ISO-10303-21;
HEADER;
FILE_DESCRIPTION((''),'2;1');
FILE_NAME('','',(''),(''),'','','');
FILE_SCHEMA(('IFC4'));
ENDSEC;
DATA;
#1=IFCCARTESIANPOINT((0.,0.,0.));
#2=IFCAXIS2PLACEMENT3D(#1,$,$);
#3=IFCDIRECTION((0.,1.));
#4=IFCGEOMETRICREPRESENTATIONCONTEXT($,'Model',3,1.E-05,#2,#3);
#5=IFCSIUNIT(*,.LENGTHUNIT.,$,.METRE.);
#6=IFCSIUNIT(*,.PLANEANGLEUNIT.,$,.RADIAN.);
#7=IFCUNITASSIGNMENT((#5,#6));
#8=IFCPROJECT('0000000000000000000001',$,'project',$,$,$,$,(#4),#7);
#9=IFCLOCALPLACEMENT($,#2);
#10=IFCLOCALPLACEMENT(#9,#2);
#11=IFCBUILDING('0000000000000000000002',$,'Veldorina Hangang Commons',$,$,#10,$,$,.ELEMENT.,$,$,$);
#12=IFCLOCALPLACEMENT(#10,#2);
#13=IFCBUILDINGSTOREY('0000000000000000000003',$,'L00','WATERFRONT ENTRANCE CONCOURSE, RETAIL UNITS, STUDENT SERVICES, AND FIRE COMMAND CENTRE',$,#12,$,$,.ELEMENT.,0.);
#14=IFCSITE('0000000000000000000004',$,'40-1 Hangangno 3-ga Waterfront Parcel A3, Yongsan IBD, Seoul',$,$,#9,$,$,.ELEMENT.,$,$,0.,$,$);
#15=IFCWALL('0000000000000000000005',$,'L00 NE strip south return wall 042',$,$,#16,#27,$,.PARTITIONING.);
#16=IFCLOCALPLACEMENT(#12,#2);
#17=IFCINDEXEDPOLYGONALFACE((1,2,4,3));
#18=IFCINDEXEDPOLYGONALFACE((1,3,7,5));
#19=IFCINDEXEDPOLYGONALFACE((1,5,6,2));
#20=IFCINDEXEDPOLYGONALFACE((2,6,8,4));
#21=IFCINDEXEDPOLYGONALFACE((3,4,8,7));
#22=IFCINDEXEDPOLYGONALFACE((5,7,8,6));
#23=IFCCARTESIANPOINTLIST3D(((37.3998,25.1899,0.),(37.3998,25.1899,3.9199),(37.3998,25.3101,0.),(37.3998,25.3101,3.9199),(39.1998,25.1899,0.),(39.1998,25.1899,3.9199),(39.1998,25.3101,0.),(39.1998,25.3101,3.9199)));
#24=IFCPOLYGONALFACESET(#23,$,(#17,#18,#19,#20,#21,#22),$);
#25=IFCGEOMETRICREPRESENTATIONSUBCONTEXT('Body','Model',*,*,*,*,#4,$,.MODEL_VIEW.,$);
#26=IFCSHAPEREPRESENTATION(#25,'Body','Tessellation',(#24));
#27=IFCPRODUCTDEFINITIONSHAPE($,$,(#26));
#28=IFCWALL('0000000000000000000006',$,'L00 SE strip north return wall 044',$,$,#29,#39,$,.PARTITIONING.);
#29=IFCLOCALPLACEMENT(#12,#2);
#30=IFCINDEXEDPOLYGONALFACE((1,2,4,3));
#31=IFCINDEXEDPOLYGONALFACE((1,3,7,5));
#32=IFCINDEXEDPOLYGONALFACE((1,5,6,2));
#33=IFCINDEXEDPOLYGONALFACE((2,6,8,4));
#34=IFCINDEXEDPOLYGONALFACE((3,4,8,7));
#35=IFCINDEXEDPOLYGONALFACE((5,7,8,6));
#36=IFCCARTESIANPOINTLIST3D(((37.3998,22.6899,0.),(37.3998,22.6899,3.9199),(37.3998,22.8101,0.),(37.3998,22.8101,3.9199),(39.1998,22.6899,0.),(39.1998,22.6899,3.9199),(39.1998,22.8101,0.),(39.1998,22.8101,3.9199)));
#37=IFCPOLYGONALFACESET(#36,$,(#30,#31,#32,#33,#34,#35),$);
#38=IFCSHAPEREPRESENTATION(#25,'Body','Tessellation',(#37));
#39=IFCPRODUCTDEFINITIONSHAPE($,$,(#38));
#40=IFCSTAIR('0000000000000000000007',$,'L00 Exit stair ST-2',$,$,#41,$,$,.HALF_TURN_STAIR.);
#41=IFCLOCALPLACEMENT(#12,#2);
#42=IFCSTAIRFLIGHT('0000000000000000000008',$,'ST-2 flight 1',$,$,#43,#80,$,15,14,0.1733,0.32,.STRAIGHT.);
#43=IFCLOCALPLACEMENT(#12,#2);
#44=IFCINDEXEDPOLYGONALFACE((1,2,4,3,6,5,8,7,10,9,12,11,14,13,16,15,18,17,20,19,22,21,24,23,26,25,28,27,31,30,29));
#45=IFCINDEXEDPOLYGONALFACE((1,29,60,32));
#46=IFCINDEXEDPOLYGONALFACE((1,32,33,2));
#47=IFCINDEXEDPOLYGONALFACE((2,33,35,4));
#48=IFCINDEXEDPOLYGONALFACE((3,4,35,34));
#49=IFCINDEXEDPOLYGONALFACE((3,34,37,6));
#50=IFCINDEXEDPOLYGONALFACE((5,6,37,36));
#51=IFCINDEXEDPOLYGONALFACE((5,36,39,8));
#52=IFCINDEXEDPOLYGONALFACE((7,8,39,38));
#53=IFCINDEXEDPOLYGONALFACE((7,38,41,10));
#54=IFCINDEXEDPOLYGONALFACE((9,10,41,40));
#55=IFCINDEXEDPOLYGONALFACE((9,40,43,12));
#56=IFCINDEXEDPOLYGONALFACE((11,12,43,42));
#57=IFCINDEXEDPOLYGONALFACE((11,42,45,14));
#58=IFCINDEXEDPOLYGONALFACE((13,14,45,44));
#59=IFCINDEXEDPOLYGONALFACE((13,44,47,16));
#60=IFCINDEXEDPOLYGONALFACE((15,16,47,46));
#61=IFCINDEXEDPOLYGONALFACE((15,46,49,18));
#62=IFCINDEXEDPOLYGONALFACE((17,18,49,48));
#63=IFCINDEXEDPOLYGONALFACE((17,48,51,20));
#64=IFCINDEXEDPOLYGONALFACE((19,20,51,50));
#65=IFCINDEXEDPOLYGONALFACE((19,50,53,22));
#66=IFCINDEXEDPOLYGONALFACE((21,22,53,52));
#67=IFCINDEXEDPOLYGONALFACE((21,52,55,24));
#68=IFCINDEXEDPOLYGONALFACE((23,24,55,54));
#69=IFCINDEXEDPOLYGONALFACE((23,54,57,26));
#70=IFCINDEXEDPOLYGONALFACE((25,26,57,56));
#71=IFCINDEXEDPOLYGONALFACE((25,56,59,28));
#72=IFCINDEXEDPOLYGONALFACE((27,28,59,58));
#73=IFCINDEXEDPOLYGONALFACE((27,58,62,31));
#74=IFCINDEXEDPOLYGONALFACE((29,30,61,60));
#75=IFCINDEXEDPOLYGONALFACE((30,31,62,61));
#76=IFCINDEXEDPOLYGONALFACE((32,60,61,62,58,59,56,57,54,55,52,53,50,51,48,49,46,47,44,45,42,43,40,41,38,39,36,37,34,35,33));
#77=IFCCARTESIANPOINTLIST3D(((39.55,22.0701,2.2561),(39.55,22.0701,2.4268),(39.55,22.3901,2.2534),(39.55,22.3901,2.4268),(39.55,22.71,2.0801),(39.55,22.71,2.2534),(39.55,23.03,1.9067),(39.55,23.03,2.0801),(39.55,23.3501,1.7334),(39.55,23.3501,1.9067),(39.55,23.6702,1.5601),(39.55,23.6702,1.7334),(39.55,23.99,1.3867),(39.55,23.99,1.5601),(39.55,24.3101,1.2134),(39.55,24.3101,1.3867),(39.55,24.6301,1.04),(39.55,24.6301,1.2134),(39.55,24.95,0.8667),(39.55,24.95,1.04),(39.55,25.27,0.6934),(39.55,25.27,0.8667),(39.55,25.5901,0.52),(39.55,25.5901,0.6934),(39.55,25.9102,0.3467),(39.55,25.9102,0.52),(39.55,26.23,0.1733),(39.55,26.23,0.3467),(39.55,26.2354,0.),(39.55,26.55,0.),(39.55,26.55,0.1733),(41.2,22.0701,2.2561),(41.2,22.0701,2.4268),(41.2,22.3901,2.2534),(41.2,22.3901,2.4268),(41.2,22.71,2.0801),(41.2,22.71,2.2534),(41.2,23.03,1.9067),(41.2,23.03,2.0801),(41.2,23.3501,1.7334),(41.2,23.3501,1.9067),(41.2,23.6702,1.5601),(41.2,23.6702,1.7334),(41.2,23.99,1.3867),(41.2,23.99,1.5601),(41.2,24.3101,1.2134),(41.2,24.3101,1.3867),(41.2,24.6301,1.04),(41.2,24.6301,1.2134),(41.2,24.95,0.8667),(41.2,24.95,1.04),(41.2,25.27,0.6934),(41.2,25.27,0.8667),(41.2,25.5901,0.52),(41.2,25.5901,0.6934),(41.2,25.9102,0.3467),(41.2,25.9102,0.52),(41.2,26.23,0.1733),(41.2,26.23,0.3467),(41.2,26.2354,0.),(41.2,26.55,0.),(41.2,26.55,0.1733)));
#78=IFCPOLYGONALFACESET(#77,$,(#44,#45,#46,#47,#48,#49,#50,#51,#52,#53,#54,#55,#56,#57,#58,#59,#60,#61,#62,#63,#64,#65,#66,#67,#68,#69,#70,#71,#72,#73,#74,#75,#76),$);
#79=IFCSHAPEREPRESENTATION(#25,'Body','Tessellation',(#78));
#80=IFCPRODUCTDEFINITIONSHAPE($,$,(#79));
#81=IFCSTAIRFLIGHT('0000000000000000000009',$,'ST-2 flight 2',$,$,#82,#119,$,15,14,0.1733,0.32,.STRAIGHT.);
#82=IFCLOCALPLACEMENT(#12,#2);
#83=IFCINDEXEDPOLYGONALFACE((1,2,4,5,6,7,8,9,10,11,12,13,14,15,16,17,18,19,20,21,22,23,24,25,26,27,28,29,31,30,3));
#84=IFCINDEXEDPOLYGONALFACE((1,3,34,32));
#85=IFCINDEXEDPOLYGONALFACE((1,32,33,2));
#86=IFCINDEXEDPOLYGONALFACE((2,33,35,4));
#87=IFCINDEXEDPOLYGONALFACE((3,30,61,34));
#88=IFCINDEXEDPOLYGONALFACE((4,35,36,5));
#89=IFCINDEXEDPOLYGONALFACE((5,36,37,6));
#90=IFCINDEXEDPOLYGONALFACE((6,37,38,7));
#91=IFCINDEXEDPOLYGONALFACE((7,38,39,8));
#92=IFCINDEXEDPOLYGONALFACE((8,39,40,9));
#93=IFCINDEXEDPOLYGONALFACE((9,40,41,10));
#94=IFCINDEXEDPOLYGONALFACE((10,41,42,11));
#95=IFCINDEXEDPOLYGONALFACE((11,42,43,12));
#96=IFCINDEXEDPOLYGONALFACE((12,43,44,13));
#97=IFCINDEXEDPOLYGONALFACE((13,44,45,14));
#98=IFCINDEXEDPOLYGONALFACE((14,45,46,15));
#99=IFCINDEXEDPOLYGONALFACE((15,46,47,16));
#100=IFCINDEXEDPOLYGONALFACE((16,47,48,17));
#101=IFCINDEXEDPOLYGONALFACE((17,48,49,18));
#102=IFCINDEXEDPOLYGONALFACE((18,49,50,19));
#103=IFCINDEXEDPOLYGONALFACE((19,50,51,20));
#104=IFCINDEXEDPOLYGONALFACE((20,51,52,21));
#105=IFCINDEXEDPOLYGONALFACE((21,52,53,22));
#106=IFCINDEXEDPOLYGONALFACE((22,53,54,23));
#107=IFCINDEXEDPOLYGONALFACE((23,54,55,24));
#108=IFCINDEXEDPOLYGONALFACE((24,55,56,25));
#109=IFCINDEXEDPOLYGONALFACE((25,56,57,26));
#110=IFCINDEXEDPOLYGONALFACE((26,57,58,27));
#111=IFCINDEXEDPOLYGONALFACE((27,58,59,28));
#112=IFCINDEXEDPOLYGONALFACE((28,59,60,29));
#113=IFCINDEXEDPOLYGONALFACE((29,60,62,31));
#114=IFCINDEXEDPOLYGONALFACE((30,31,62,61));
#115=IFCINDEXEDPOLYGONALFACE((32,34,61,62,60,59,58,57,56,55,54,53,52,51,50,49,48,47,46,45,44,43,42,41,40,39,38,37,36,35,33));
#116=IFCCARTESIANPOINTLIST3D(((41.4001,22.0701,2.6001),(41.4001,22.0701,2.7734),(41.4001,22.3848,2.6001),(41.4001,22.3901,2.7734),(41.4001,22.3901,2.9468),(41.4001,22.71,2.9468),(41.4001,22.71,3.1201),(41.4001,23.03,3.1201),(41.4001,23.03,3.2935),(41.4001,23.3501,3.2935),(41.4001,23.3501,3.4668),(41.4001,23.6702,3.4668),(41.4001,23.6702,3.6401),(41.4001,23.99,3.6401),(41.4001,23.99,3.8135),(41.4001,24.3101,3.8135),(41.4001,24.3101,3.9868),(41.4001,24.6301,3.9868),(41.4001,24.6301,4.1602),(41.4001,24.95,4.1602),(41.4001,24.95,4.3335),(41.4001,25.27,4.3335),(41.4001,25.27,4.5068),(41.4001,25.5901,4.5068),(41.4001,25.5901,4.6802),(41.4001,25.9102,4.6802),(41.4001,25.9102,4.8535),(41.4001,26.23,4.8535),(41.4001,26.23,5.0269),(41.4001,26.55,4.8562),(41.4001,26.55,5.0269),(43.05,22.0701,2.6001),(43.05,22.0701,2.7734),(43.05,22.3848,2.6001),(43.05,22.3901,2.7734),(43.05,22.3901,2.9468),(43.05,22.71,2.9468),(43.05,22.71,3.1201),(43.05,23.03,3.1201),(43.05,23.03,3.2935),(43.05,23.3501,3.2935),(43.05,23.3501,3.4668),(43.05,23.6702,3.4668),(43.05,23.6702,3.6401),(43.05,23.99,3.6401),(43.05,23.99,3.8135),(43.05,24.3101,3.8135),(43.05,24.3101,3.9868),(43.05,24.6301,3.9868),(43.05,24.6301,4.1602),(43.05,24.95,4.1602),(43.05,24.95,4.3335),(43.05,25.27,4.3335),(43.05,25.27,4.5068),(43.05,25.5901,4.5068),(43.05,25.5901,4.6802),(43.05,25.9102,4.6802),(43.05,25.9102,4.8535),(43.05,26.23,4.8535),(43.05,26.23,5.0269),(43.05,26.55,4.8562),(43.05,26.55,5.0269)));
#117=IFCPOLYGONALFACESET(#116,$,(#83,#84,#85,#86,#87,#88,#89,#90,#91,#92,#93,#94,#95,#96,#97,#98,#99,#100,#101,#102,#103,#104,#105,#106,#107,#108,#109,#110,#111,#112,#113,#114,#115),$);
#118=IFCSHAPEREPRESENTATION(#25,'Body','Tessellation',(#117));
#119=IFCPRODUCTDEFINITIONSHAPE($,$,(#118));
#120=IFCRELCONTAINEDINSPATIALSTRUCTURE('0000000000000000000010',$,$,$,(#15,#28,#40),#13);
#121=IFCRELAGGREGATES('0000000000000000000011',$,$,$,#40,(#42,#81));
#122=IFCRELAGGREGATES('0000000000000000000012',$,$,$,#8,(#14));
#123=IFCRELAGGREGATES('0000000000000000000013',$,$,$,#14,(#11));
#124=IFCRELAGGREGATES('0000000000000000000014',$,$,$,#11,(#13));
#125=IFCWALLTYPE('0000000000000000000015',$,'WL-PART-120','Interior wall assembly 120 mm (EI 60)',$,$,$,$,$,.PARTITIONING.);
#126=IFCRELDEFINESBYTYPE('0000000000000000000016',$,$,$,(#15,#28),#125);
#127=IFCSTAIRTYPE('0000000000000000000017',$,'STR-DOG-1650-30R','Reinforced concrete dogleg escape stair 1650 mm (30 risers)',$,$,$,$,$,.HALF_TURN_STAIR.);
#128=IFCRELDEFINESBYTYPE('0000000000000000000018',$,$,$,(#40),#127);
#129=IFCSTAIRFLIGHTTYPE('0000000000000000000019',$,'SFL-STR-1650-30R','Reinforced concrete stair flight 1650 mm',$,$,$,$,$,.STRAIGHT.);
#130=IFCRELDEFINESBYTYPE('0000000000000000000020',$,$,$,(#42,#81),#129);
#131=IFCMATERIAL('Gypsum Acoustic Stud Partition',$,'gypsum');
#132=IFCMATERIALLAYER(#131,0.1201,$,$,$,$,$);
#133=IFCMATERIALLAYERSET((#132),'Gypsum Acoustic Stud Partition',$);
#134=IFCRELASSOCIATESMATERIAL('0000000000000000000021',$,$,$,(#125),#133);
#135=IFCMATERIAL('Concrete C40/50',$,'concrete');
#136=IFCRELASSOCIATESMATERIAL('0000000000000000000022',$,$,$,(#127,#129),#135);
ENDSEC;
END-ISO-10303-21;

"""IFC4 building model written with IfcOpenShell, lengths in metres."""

from ifc_helpers import new_model, si_unit, direction, frame, frame_2d, origin, place, context, subcontext, project, spatial, polyline, rectangle, outline, extrude, material, layer, layer_set, type_object, element, aggregate, save


model = new_model("IFC4")

# Units and contexts
model_context = context("Model", 3, precision=1e-05, world=origin(), true_north=direction((0.0, 1.0)))
body_context = subcontext(model_context, "Body", "Model", "MODEL_VIEW")
ifc_project = project(units=[si_unit("LENGTHUNIT", "METRE"), si_unit("PLANEANGLEUNIT", "RADIAN")], contexts=[model_context])

# Site, building, storey
site_placement = place(None, origin())
site = spatial("IfcSite", under=ifc_project, at=site_placement, Name="40-1 Hangangno 3-ga Waterfront Parcel A3, Yongsan IBD, Seoul", CompositionType="ELEMENT", RefElevation=0.0)
building_placement = place(site_placement, origin())
building = spatial("IfcBuilding", under=site, at=building_placement, Name="Veldorina Hangang Commons", CompositionType="ELEMENT")
storey_placement = place(building_placement, origin())
storey = spatial("IfcBuildingStorey", under=building, at=storey_placement, Name="L00", Description="WATERFRONT ENTRANCE CONCOURSE, RETAIL UNITS, STUDENT SERVICES, AND FIRE COMMAND CENTRE", CompositionType="ELEMENT", Elevation=0.0)

# Shared definitions
ifc_material_1 = material(Name="Gypsum Acoustic Stud Partition", Category="gypsum")
ifc_layer_1 = layer(ifc_material_1, 0.1201)
ifc_layer_set_1 = layer_set([ifc_layer_1], Name="Gypsum Acoustic Stud Partition")
wall_type_1 = type_object("IfcWallType", Name="WL-PART-120", Description="Interior wall assembly 120 mm (EI 60)", PredefinedType="PARTITIONING", material=ifc_layer_set_1)

# Walls
for number, where, z_axis, x_axis, name in (
    (1, (37.3999, 25.25, 0.0), (0.0, 0.0, 1.0), (1.0, 0.0, 0.0), "L00 NE strip south return wall 042"),
    (2, (37.3999, 22.75, 0.0), (0.0, 0.0, 1.0), (1.0, 0.0, 0.0), "L00 SE strip north return wall 044"),
):
    element("IfcWall", number, at=place(storey_placement, frame(where, z_axis=z_axis, x_axis=x_axis)), inside=storey, type_object=wall_type_1, Name=name, PredefinedType="PARTITIONING", context=body_context, shape_type="SweptSolid", body=[
        extrude(rectangle(XDim=1.8, YDim=0.1201, at=frame_2d((0.8999, 0.0))), origin(), (0.0, 0.0, 1.0), 3.9199),
    ])

# Stair, stair flights
ifc_material_2 = material(Name="Concrete C40/50", Category="concrete")
stair_type = type_object("IfcStairType", Name="STR-DOG-1650-30R", Description="Reinforced concrete dogleg escape stair 1650 mm (30 risers)", PredefinedType="HALF_TURN_STAIR", material=ifc_material_2)
stair_placement = place(storey_placement, origin())
stair = element("IfcStair", 3, at=stair_placement, inside=storey, type_object=stair_type, Name="L00 Exit stair ST-2", PredefinedType="HALF_TURN_STAIR")
stair_flight_type = type_object("IfcStairFlightType", Name="SFL-STR-1650-30R", Description="Reinforced concrete stair flight 1650 mm", PredefinedType="STRAIGHT", material=ifc_material_2)
stair_flight_1_placement = place(storey_placement, frame((40.375, 26.55, 0.0), z_axis=(0.0, 0.0, 1.0), x_axis=(0.0, -1.0, 0.0)))
stair_flight_1 = element("IfcStairFlight", 4, at=stair_flight_1_placement, type_object=stair_flight_type, Name="ST-2 flight 1", NumberOfRisers=15, NumberOfTreads=14, PredefinedType="STRAIGHT", RiserHeight=0.1733, TreadLength=0.32, context=body_context, shape_type="SweptSolid", body=[
    extrude(outline(polyline([(0.0, 0.0), (0.0, 0.1733), (0.3201, 0.1733), (0.3201, 0.3467), (0.6399, 0.3467), (0.6399, 0.52), (0.96, 0.52), (0.96, 0.6934), (1.28, 0.6934), (1.28, 0.8667), (1.6001, 0.8667), (1.6001, 1.04), (1.9199, 1.04), (1.9199, 1.2134), (2.24, 1.2134), (2.24, 1.3867), (2.5601, 1.3867), (2.5601, 1.5601), (2.8799, 1.5601), (2.8799, 1.7334), (3.2, 1.7334), (3.2, 1.9067), (3.52, 1.9067), (3.52, 2.0801), (3.8401, 2.0801), (3.8401, 2.2534), (4.1599, 2.2534), (4.1599, 2.4268), (4.48, 2.4268), (4.48, 2.6001), (4.48, 2.2561), (0.3147, 0.0), (0.0, 0.0)])), frame((0.0, 0.825, 0.0), z_axis=(0.0, -1.0, 0.0), x_axis=(1.0, 0.0, 0.0)), (0.0, 0.0, 1.0), 1.6499),
])
stair_flight_2_placement = place(storey_placement, frame((42.2251, 22.0701, 2.6001), z_axis=(0.0, 0.0, 1.0), x_axis=(0.0, 1.0, 0.0)))
stair_flight_2 = element("IfcStairFlight", 5, at=stair_flight_2_placement, type_object=stair_flight_type, Name="ST-2 flight 2", NumberOfRisers=15, NumberOfTreads=14, PredefinedType="STRAIGHT", RiserHeight=0.1733, TreadLength=0.32, context=body_context, shape_type="SweptSolid", body=[
    extrude(outline(polyline([(0.0, 0.0), (0.0, 0.1733), (0.3201, 0.1733), (0.3201, 0.3467), (0.6399, 0.3467), (0.6399, 0.52), (0.96, 0.52), (0.96, 0.6934), (1.28, 0.6934), (1.28, 0.8667), (1.6001, 0.8667), (1.6001, 1.04), (1.9199, 1.04), (1.9199, 1.2134), (2.24, 1.2134), (2.24, 1.3867), (2.5601, 1.3867), (2.5601, 1.5601), (2.8799, 1.5601), (2.8799, 1.7334), (3.2, 1.7334), (3.2, 1.9067), (3.52, 1.9067), (3.52, 2.0801), (3.8401, 2.0801), (3.8401, 2.2534), (4.1599, 2.2534), (4.1599, 2.4268), (4.48, 2.4268), (4.48, 2.6001), (4.48, 2.2561), (0.3147, 0.0), (0.0, 0.0)])), frame((0.0, 0.825, 0.0), z_axis=(0.0, -1.0, 0.0), x_axis=(1.0, 0.0, 0.0)), (0.0, 0.0, 1.0), 1.6499),
])
aggregate(stair, [stair_flight_1, stair_flight_2])

save(model, "model.ifc")
